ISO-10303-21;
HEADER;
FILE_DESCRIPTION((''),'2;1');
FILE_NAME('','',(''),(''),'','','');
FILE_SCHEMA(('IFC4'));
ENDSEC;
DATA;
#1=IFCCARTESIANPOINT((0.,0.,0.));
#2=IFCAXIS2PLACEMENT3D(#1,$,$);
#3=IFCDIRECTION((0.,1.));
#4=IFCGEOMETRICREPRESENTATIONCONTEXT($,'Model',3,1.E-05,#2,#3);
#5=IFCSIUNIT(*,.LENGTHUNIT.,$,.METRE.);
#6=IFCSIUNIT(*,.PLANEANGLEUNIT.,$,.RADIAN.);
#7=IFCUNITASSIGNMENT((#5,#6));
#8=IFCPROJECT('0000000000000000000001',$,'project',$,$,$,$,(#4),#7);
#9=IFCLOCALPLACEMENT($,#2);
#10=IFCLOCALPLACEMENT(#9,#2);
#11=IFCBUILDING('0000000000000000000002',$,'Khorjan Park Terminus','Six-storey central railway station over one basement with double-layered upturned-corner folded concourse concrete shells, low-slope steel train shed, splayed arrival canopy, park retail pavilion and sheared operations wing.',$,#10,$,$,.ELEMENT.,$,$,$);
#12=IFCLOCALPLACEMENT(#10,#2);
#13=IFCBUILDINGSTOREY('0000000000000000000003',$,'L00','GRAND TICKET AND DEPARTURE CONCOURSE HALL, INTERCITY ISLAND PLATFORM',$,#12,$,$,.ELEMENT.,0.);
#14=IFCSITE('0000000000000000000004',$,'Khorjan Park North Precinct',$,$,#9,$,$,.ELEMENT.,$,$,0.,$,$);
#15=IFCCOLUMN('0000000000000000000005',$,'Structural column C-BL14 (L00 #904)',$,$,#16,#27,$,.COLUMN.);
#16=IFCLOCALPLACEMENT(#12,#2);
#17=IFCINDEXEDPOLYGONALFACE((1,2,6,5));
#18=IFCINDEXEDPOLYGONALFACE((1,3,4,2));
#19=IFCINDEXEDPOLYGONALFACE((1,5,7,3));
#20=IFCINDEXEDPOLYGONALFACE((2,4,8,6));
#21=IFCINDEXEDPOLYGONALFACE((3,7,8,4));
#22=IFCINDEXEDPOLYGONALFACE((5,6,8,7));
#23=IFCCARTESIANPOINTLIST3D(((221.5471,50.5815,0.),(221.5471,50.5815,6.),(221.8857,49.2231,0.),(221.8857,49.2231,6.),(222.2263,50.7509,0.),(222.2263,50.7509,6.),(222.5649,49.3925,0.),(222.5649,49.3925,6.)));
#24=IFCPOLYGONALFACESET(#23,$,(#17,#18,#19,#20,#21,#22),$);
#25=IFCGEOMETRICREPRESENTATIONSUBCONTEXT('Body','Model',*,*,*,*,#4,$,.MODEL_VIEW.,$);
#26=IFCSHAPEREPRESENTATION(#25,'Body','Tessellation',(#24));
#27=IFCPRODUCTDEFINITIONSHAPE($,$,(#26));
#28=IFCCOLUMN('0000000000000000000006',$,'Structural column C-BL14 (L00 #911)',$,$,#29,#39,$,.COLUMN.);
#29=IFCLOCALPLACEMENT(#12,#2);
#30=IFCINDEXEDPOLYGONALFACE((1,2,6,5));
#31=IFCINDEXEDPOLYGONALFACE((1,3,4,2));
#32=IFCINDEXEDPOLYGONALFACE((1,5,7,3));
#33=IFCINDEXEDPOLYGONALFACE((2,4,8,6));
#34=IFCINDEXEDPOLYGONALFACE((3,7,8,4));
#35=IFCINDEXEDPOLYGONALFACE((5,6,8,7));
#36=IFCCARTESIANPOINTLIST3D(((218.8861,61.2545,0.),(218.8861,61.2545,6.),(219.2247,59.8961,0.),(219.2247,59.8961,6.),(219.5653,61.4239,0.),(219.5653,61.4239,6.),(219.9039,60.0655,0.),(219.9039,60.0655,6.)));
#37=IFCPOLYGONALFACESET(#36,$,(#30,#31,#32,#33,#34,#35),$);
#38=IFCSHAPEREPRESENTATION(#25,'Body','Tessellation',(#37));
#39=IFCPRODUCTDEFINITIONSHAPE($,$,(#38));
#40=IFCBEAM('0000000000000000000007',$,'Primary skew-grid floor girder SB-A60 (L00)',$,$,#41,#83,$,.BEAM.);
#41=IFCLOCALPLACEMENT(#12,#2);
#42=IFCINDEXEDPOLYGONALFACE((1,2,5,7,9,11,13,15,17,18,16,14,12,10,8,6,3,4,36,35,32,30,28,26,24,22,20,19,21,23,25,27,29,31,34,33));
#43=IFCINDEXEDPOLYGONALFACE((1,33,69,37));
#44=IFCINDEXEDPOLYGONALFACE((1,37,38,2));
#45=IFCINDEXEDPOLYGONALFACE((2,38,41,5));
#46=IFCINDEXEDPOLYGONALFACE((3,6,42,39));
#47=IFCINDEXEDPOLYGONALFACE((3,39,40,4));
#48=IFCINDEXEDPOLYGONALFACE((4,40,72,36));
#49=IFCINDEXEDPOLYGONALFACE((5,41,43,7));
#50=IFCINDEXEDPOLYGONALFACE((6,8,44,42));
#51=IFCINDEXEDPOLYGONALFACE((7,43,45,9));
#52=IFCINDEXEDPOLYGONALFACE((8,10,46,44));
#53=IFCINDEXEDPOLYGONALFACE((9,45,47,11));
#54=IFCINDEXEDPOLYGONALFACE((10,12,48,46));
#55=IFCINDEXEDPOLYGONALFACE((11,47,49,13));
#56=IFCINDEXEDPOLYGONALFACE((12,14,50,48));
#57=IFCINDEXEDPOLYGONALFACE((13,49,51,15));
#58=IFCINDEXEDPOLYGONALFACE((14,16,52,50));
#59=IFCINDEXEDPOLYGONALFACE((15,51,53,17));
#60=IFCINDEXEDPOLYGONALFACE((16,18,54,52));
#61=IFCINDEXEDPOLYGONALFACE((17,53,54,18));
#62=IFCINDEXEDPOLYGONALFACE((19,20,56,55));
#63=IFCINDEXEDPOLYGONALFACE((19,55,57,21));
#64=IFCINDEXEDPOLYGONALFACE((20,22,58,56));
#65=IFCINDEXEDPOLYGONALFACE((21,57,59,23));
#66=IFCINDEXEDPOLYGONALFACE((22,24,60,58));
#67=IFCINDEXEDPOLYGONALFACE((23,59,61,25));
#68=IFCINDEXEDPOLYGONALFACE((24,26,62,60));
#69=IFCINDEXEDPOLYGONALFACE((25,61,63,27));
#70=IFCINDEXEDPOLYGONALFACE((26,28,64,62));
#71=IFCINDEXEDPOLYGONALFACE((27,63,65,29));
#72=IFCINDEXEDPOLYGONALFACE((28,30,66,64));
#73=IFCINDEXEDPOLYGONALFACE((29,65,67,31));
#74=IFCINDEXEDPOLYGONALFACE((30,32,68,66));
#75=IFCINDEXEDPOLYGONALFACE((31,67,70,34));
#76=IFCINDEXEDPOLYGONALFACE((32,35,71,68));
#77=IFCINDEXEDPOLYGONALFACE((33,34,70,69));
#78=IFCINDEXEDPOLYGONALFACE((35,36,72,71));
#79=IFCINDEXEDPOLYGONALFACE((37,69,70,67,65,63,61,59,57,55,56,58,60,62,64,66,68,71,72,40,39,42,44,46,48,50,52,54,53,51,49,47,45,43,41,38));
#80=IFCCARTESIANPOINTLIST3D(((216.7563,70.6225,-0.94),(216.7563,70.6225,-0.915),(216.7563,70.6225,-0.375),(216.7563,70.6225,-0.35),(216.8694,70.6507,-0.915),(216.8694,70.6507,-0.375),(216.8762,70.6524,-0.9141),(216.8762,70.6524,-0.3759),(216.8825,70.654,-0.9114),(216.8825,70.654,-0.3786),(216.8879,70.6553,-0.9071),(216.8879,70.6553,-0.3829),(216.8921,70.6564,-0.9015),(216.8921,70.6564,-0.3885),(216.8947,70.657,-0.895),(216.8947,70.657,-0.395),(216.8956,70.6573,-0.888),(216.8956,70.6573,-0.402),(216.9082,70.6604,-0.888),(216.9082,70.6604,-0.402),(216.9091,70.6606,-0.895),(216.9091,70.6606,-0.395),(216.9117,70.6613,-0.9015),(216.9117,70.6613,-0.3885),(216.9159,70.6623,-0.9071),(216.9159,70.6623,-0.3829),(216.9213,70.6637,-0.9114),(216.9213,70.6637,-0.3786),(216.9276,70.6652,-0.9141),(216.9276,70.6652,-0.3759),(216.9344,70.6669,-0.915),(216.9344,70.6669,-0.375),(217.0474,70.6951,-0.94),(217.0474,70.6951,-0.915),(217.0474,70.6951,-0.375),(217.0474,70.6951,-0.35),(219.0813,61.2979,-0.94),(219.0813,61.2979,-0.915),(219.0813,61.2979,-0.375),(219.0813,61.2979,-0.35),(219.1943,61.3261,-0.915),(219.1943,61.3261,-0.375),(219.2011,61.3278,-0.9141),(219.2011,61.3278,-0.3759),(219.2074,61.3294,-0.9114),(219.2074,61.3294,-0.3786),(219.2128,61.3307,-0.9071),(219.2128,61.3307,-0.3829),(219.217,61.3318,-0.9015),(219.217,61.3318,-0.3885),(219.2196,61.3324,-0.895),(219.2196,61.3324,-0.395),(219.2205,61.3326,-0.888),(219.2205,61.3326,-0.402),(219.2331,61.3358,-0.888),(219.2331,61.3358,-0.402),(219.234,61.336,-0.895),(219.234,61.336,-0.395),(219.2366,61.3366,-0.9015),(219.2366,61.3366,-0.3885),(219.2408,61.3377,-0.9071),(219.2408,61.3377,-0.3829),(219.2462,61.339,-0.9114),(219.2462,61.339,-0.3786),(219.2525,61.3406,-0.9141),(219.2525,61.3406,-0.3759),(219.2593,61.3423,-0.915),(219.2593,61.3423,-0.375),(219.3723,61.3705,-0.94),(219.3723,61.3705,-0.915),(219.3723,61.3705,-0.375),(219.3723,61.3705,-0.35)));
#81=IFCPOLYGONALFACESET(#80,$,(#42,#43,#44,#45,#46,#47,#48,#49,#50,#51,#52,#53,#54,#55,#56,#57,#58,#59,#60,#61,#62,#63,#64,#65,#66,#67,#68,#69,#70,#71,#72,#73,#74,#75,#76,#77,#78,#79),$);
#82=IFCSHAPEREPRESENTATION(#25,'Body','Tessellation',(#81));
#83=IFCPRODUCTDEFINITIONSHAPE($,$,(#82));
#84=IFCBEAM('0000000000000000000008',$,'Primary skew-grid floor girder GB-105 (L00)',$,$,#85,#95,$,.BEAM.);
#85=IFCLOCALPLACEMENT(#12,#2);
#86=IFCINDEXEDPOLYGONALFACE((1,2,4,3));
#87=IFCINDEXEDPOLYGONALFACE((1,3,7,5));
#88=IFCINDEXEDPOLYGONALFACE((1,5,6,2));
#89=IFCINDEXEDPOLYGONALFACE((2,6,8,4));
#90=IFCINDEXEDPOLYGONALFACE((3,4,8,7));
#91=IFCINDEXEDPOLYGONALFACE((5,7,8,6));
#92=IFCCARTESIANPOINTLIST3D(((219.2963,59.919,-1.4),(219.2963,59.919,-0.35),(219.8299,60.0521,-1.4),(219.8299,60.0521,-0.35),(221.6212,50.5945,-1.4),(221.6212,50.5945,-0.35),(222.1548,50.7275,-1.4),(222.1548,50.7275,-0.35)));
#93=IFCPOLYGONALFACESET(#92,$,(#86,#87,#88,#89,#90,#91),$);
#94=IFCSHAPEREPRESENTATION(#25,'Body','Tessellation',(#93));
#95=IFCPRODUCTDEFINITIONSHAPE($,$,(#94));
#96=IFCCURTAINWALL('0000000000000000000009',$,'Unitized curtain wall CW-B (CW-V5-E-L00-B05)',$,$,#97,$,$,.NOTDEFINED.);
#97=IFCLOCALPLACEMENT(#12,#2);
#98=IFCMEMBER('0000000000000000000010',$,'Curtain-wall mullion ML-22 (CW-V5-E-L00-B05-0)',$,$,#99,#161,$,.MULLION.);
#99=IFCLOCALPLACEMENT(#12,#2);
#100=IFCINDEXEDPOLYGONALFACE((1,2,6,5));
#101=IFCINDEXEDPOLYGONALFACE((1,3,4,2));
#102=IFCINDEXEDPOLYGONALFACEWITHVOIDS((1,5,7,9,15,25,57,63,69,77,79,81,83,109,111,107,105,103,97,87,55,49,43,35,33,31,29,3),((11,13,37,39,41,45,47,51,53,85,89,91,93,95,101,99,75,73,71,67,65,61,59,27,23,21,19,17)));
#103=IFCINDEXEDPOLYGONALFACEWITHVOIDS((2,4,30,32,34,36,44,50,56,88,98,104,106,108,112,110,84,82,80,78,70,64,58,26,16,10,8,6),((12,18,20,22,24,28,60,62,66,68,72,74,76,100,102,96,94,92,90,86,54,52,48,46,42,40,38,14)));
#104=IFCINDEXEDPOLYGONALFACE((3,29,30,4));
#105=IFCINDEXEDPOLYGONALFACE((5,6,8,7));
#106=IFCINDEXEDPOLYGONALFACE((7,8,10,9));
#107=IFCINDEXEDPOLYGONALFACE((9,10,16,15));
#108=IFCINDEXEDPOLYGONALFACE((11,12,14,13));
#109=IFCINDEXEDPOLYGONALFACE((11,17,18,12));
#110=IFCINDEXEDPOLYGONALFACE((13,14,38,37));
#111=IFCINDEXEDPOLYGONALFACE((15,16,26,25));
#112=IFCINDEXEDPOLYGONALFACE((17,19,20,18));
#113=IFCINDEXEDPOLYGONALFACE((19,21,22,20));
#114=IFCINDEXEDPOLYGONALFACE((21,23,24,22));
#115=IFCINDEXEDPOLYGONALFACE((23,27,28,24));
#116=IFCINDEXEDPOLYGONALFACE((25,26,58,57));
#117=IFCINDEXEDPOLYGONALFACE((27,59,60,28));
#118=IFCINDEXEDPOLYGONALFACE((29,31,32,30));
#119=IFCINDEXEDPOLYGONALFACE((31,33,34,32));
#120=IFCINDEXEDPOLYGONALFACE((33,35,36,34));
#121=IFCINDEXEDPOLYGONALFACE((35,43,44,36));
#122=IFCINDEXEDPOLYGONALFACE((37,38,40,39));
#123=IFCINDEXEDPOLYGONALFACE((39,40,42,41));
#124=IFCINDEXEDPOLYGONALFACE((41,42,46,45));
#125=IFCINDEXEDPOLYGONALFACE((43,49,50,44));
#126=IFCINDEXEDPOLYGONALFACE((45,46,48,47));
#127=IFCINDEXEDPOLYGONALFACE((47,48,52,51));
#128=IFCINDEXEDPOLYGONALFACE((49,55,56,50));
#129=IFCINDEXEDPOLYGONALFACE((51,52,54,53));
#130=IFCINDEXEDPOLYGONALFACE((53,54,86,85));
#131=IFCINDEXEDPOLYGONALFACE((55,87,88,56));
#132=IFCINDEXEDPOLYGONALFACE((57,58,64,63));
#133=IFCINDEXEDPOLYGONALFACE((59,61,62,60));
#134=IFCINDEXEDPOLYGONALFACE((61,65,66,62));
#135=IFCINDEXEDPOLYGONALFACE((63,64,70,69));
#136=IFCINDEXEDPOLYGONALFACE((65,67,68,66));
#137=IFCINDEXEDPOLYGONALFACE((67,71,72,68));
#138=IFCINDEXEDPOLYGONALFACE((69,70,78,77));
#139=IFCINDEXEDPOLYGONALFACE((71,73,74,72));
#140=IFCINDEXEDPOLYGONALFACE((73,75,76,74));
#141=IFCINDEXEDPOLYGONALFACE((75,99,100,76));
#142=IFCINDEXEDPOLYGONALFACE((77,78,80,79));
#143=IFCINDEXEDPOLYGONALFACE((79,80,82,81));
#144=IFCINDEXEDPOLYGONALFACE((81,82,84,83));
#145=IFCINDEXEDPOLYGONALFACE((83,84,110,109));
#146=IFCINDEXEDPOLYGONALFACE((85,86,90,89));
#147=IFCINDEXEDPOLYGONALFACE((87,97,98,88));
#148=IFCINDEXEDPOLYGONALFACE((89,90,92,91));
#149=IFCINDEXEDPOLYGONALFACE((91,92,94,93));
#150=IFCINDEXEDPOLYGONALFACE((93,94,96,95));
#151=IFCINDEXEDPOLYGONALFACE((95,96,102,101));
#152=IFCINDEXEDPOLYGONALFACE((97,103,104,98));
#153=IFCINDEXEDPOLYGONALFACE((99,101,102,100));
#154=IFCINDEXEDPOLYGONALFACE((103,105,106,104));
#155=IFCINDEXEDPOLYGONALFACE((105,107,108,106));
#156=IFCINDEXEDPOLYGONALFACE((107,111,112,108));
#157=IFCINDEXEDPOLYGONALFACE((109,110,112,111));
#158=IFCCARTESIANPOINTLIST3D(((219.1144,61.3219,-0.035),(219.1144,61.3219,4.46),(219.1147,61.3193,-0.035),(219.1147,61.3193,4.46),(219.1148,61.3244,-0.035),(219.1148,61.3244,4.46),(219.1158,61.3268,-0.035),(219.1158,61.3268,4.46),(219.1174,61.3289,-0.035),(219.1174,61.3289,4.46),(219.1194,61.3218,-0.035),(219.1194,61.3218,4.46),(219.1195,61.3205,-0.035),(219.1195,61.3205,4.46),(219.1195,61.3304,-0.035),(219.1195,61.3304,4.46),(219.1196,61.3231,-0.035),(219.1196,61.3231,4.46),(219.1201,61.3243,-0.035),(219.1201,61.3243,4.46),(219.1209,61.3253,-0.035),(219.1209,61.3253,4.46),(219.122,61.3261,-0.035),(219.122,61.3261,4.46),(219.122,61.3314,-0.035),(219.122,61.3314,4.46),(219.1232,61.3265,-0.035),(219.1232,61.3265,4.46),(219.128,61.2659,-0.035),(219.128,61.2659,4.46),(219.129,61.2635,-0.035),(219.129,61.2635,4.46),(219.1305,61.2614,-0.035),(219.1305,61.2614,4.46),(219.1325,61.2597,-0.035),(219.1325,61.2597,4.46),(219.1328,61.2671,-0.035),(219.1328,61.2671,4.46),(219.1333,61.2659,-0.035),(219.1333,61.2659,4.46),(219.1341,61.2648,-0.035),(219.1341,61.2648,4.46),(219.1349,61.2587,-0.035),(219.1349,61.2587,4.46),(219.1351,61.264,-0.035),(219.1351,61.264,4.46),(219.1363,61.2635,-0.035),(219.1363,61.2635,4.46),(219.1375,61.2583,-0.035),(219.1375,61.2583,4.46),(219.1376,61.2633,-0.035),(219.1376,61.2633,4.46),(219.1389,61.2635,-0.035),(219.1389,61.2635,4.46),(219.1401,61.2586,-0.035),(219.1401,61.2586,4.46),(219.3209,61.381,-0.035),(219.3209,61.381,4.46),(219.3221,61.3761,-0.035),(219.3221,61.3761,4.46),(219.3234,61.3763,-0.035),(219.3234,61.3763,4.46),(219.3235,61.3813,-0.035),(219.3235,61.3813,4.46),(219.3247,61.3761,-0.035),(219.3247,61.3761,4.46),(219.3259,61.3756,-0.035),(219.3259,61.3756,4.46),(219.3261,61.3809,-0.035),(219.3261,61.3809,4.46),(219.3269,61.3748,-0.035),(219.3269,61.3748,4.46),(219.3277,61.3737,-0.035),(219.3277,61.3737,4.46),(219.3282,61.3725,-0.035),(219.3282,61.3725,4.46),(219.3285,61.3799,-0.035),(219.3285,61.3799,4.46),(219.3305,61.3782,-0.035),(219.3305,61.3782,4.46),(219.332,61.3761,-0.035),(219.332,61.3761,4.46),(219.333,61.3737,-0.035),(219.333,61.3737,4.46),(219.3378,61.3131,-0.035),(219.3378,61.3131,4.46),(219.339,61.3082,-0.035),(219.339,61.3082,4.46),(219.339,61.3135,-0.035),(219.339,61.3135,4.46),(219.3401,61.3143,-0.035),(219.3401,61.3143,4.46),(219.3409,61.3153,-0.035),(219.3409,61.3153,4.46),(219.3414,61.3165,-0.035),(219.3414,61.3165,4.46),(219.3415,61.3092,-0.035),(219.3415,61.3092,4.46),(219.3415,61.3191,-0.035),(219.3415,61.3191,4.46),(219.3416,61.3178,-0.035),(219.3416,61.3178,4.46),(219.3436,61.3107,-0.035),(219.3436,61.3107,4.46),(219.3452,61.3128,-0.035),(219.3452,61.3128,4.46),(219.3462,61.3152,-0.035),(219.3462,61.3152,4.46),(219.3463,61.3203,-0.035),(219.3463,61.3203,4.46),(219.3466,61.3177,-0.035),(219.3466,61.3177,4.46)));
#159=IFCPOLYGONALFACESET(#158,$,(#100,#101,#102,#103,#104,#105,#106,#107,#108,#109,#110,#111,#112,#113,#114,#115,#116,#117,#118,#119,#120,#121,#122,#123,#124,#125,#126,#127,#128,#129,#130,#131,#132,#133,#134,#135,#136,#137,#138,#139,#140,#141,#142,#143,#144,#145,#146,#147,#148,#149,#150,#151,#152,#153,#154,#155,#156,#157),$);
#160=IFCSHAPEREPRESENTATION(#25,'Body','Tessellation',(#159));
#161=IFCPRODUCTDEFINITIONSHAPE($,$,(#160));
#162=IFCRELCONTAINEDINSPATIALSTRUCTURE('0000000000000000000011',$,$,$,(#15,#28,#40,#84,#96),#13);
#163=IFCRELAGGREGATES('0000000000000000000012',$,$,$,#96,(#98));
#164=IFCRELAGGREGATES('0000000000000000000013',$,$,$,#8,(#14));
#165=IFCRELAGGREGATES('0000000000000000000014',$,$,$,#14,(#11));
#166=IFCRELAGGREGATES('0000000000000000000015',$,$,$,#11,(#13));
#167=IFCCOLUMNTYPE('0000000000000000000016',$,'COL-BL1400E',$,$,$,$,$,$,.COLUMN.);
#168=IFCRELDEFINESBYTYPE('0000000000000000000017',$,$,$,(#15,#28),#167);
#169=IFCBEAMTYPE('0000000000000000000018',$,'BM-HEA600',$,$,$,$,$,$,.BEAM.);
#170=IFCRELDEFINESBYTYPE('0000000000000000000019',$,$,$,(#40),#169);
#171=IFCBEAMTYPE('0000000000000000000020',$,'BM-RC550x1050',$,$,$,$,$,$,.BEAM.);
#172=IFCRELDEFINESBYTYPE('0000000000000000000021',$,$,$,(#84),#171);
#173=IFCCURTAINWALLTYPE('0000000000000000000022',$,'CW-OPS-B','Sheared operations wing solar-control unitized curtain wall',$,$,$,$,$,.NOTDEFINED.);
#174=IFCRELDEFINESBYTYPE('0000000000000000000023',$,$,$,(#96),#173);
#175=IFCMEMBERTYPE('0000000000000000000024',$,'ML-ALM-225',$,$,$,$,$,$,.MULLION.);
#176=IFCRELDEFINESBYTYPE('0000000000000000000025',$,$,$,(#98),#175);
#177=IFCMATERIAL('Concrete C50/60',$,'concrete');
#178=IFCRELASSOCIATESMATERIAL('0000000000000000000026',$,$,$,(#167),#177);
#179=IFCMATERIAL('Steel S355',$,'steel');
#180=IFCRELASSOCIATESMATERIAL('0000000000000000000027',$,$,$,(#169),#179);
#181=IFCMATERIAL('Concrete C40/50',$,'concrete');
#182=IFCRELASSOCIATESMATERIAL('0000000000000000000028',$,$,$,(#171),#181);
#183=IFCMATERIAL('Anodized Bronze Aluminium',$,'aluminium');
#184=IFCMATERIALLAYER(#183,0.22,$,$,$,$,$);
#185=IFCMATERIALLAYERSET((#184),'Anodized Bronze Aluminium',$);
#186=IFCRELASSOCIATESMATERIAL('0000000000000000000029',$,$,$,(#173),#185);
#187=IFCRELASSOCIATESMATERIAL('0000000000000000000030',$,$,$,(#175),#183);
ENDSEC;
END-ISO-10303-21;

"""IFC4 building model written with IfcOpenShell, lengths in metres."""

from ifc_helpers import new_model, si_unit, direction, frame, origin, origin_2d, place, context, subcontext, project, spatial, rectangle, hollow_rectangle, i_section, extrude, material, layer, layer_set, material_profile, profile_set, type_object, element, aggregate, save


model = new_model("IFC4")

# Units and contexts
model_context = context("Model", 3, precision=1e-05, world=origin(), true_north=direction((0.0, 1.0)))
body_context = subcontext(model_context, "Body", "Model", "MODEL_VIEW")
ifc_project = project(units=[si_unit("LENGTHUNIT", "METRE"), si_unit("PLANEANGLEUNIT", "RADIAN")], contexts=[model_context])

# Site, building, storey
site_placement = place(None, origin())
site = spatial("IfcSite", under=ifc_project, at=site_placement, Name="Khorjan Park North Precinct", CompositionType="ELEMENT", RefElevation=0.0)
building_placement = place(site_placement, origin())
building = spatial("IfcBuilding", under=site, at=building_placement, Name="Khorjan Park Terminus", Description="Six-storey central railway station over one basement with double-layered upturned-corner folded concourse concrete shells, low-slope steel train shed, splayed arrival canopy, park retail pavilion and sheared operations wing.", CompositionType="ELEMENT")
storey_placement = place(building_placement, origin())
storey = spatial("IfcBuildingStorey", under=building, at=storey_placement, Name="L00", Description="GRAND TICKET AND DEPARTURE CONCOURSE HALL, INTERCITY ISLAND PLATFORM", CompositionType="ELEMENT", Elevation=0.0)

# Columns
ifc_material_1 = material(Name="Concrete C50/60", Category="concrete")
ifc_material_profile_1 = material_profile(ifc_material_1, rectangle(XDim=0.7, YDim=1.4, at=origin_2d()), Name="RC 700x1400")
ifc_profile_set_1 = profile_set([ifc_material_profile_1], Name="Concrete C50/60")
column_type = type_object("IfcColumnType", Name="COL-BL1400E", PredefinedType="COLUMN", material=ifc_profile_set_1)
for number, where, z_axis, x_axis, name in (
    (1, (222.056, 49.987, 0.0), (0.0, 0.0, 1.0), (0.970296, 0.241922, 0.0), "Structural column C-BL14 (L00 #904)"),
    (2, (219.395, 60.66, 0.0), (0.0, 0.0, 1.0), (0.970296, 0.241922, 0.0), "Structural column C-BL14 (L00 #911)"),
):
    element("IfcColumn", number, at=place(storey_placement, frame(where, z_axis=z_axis, x_axis=x_axis)), inside=storey, type_object=column_type, Name=name, PredefinedType="COLUMN", context=body_context, shape_type="SweptSolid", body=[
        extrude(rectangle(XDim=0.7, YDim=1.4, at=origin_2d()), origin(), (0.0, 0.0, 1.0), 6.0),
    ])

# Beams
ifc_material_2 = material(Name="Steel S355", Category="steel")
ifc_material_profile_2 = material_profile(ifc_material_2, i_section(OverallWidth=0.3, OverallDepth=0.59, WebThickness=0.013, FlangeThickness=0.025, FilletRadius=0.027, at=origin_2d()), Name="HEA 600")
ifc_profile_set_2 = profile_set([ifc_material_profile_2], Name="Steel S355")
beam_type_1 = type_object("IfcBeamType", Name="BM-HEA600", PredefinedType="BEAM", material=ifc_profile_set_2)
beam_1_placement = place(storey_placement, frame((219.2268, 61.3342, -0.645), z_axis=(-0.241923, 0.970295, 0.0), x_axis=(-0.970295, -0.241923, 0.0)))
element("IfcBeam", 3, at=beam_1_placement, inside=storey, type_object=beam_type_1, Name="Primary skew-grid floor girder SB-A60 (L00)", PredefinedType="BEAM", context=body_context, shape_type="SweptSolid", body=[
    extrude(i_section(OverallWidth=0.3, OverallDepth=0.59, WebThickness=0.013, FlangeThickness=0.025, FilletRadius=0.027, at=origin_2d()), origin(), (0.0, 0.0, 1.0), 9.6101),
])
ifc_material_3 = material(Name="Concrete C40/50", Category="concrete")
ifc_material_profile_3 = material_profile(ifc_material_3, rectangle(XDim=0.55, YDim=1.05, at=origin_2d()), Name="RC 550x1050")
ifc_profile_set_3 = profile_set([ifc_material_profile_3], Name="Concrete C40/50")
beam_type_2 = type_object("IfcBeamType", Name="BM-RC550x1050", PredefinedType="BEAM", material=ifc_profile_set_3)
beam_2_placement = place(storey_placement, frame((221.888, 50.661, -0.875), z_axis=(-0.241926, 0.970295, 0.0), x_axis=(-0.970295, -0.241926, 0.0)))
element("IfcBeam", 4, at=beam_2_placement, inside=storey, type_object=beam_type_2, Name="Primary skew-grid floor girder GB-105 (L00)", PredefinedType="BEAM", context=body_context, shape_type="SweptSolid", body=[
    extrude(rectangle(XDim=0.55, YDim=1.05, at=origin_2d()), origin(), (0.0, 0.0, 1.0), 9.61),
])

# Curtain wall, member
ifc_material_4 = material(Name="Anodized Bronze Aluminium", Category="aluminium")
ifc_layer_1 = layer(ifc_material_4, 0.22)
ifc_layer_set_1 = layer_set([ifc_layer_1], Name="Anodized Bronze Aluminium")
curtain_wall_type = type_object("IfcCurtainWallType", Name="CW-OPS-B", Description="Sheared operations wing solar-control unitized curtain wall", PredefinedType="NOTDEFINED", material=ifc_layer_set_1)
curtain_wall_placement = place(storey_placement, origin())
curtain_wall = element("IfcCurtainWall", 5, at=curtain_wall_placement, inside=storey, type_object=curtain_wall_type, Name="Unitized curtain wall CW-B (CW-V5-E-L00-B05)", PredefinedType="NOTDEFINED")
ifc_material_profile_4 = material_profile(ifc_material_4, hollow_rectangle(XDim=0.075, YDim=0.225, WallThickness=0.005, InnerFilletRadius=0.005, OuterFilletRadius=0.01, at=origin_2d()), Name="ALM 75x225x5")
ifc_profile_set_4 = profile_set([ifc_material_profile_4], Name="Anodized Bronze Aluminium")
member_type_1 = type_object("IfcMemberType", Name="ML-ALM-225", PredefinedType="MULLION", material=ifc_profile_set_4)
member_1_placement = place(storey_placement, frame((219.2305, 61.3198, -0.035), z_axis=(0.0, 0.0, 1.0), x_axis=(-0.241935, 0.970292, 0.0)))
member_1 = element("IfcMember", 6, at=member_1_placement, type_object=member_type_1, Name="Curtain-wall mullion ML-22 (CW-V5-E-L00-B05-0)", PredefinedType="MULLION", context=body_context, shape_type="SweptSolid", body=[
    extrude(hollow_rectangle(XDim=0.075, YDim=0.225, WallThickness=0.005, InnerFilletRadius=0.005, OuterFilletRadius=0.01, at=origin_2d()), origin(), (0.0, 0.0, 1.0), 4.495),
])
aggregate(curtain_wall, [member_1])

save(model, "model.ifc")
